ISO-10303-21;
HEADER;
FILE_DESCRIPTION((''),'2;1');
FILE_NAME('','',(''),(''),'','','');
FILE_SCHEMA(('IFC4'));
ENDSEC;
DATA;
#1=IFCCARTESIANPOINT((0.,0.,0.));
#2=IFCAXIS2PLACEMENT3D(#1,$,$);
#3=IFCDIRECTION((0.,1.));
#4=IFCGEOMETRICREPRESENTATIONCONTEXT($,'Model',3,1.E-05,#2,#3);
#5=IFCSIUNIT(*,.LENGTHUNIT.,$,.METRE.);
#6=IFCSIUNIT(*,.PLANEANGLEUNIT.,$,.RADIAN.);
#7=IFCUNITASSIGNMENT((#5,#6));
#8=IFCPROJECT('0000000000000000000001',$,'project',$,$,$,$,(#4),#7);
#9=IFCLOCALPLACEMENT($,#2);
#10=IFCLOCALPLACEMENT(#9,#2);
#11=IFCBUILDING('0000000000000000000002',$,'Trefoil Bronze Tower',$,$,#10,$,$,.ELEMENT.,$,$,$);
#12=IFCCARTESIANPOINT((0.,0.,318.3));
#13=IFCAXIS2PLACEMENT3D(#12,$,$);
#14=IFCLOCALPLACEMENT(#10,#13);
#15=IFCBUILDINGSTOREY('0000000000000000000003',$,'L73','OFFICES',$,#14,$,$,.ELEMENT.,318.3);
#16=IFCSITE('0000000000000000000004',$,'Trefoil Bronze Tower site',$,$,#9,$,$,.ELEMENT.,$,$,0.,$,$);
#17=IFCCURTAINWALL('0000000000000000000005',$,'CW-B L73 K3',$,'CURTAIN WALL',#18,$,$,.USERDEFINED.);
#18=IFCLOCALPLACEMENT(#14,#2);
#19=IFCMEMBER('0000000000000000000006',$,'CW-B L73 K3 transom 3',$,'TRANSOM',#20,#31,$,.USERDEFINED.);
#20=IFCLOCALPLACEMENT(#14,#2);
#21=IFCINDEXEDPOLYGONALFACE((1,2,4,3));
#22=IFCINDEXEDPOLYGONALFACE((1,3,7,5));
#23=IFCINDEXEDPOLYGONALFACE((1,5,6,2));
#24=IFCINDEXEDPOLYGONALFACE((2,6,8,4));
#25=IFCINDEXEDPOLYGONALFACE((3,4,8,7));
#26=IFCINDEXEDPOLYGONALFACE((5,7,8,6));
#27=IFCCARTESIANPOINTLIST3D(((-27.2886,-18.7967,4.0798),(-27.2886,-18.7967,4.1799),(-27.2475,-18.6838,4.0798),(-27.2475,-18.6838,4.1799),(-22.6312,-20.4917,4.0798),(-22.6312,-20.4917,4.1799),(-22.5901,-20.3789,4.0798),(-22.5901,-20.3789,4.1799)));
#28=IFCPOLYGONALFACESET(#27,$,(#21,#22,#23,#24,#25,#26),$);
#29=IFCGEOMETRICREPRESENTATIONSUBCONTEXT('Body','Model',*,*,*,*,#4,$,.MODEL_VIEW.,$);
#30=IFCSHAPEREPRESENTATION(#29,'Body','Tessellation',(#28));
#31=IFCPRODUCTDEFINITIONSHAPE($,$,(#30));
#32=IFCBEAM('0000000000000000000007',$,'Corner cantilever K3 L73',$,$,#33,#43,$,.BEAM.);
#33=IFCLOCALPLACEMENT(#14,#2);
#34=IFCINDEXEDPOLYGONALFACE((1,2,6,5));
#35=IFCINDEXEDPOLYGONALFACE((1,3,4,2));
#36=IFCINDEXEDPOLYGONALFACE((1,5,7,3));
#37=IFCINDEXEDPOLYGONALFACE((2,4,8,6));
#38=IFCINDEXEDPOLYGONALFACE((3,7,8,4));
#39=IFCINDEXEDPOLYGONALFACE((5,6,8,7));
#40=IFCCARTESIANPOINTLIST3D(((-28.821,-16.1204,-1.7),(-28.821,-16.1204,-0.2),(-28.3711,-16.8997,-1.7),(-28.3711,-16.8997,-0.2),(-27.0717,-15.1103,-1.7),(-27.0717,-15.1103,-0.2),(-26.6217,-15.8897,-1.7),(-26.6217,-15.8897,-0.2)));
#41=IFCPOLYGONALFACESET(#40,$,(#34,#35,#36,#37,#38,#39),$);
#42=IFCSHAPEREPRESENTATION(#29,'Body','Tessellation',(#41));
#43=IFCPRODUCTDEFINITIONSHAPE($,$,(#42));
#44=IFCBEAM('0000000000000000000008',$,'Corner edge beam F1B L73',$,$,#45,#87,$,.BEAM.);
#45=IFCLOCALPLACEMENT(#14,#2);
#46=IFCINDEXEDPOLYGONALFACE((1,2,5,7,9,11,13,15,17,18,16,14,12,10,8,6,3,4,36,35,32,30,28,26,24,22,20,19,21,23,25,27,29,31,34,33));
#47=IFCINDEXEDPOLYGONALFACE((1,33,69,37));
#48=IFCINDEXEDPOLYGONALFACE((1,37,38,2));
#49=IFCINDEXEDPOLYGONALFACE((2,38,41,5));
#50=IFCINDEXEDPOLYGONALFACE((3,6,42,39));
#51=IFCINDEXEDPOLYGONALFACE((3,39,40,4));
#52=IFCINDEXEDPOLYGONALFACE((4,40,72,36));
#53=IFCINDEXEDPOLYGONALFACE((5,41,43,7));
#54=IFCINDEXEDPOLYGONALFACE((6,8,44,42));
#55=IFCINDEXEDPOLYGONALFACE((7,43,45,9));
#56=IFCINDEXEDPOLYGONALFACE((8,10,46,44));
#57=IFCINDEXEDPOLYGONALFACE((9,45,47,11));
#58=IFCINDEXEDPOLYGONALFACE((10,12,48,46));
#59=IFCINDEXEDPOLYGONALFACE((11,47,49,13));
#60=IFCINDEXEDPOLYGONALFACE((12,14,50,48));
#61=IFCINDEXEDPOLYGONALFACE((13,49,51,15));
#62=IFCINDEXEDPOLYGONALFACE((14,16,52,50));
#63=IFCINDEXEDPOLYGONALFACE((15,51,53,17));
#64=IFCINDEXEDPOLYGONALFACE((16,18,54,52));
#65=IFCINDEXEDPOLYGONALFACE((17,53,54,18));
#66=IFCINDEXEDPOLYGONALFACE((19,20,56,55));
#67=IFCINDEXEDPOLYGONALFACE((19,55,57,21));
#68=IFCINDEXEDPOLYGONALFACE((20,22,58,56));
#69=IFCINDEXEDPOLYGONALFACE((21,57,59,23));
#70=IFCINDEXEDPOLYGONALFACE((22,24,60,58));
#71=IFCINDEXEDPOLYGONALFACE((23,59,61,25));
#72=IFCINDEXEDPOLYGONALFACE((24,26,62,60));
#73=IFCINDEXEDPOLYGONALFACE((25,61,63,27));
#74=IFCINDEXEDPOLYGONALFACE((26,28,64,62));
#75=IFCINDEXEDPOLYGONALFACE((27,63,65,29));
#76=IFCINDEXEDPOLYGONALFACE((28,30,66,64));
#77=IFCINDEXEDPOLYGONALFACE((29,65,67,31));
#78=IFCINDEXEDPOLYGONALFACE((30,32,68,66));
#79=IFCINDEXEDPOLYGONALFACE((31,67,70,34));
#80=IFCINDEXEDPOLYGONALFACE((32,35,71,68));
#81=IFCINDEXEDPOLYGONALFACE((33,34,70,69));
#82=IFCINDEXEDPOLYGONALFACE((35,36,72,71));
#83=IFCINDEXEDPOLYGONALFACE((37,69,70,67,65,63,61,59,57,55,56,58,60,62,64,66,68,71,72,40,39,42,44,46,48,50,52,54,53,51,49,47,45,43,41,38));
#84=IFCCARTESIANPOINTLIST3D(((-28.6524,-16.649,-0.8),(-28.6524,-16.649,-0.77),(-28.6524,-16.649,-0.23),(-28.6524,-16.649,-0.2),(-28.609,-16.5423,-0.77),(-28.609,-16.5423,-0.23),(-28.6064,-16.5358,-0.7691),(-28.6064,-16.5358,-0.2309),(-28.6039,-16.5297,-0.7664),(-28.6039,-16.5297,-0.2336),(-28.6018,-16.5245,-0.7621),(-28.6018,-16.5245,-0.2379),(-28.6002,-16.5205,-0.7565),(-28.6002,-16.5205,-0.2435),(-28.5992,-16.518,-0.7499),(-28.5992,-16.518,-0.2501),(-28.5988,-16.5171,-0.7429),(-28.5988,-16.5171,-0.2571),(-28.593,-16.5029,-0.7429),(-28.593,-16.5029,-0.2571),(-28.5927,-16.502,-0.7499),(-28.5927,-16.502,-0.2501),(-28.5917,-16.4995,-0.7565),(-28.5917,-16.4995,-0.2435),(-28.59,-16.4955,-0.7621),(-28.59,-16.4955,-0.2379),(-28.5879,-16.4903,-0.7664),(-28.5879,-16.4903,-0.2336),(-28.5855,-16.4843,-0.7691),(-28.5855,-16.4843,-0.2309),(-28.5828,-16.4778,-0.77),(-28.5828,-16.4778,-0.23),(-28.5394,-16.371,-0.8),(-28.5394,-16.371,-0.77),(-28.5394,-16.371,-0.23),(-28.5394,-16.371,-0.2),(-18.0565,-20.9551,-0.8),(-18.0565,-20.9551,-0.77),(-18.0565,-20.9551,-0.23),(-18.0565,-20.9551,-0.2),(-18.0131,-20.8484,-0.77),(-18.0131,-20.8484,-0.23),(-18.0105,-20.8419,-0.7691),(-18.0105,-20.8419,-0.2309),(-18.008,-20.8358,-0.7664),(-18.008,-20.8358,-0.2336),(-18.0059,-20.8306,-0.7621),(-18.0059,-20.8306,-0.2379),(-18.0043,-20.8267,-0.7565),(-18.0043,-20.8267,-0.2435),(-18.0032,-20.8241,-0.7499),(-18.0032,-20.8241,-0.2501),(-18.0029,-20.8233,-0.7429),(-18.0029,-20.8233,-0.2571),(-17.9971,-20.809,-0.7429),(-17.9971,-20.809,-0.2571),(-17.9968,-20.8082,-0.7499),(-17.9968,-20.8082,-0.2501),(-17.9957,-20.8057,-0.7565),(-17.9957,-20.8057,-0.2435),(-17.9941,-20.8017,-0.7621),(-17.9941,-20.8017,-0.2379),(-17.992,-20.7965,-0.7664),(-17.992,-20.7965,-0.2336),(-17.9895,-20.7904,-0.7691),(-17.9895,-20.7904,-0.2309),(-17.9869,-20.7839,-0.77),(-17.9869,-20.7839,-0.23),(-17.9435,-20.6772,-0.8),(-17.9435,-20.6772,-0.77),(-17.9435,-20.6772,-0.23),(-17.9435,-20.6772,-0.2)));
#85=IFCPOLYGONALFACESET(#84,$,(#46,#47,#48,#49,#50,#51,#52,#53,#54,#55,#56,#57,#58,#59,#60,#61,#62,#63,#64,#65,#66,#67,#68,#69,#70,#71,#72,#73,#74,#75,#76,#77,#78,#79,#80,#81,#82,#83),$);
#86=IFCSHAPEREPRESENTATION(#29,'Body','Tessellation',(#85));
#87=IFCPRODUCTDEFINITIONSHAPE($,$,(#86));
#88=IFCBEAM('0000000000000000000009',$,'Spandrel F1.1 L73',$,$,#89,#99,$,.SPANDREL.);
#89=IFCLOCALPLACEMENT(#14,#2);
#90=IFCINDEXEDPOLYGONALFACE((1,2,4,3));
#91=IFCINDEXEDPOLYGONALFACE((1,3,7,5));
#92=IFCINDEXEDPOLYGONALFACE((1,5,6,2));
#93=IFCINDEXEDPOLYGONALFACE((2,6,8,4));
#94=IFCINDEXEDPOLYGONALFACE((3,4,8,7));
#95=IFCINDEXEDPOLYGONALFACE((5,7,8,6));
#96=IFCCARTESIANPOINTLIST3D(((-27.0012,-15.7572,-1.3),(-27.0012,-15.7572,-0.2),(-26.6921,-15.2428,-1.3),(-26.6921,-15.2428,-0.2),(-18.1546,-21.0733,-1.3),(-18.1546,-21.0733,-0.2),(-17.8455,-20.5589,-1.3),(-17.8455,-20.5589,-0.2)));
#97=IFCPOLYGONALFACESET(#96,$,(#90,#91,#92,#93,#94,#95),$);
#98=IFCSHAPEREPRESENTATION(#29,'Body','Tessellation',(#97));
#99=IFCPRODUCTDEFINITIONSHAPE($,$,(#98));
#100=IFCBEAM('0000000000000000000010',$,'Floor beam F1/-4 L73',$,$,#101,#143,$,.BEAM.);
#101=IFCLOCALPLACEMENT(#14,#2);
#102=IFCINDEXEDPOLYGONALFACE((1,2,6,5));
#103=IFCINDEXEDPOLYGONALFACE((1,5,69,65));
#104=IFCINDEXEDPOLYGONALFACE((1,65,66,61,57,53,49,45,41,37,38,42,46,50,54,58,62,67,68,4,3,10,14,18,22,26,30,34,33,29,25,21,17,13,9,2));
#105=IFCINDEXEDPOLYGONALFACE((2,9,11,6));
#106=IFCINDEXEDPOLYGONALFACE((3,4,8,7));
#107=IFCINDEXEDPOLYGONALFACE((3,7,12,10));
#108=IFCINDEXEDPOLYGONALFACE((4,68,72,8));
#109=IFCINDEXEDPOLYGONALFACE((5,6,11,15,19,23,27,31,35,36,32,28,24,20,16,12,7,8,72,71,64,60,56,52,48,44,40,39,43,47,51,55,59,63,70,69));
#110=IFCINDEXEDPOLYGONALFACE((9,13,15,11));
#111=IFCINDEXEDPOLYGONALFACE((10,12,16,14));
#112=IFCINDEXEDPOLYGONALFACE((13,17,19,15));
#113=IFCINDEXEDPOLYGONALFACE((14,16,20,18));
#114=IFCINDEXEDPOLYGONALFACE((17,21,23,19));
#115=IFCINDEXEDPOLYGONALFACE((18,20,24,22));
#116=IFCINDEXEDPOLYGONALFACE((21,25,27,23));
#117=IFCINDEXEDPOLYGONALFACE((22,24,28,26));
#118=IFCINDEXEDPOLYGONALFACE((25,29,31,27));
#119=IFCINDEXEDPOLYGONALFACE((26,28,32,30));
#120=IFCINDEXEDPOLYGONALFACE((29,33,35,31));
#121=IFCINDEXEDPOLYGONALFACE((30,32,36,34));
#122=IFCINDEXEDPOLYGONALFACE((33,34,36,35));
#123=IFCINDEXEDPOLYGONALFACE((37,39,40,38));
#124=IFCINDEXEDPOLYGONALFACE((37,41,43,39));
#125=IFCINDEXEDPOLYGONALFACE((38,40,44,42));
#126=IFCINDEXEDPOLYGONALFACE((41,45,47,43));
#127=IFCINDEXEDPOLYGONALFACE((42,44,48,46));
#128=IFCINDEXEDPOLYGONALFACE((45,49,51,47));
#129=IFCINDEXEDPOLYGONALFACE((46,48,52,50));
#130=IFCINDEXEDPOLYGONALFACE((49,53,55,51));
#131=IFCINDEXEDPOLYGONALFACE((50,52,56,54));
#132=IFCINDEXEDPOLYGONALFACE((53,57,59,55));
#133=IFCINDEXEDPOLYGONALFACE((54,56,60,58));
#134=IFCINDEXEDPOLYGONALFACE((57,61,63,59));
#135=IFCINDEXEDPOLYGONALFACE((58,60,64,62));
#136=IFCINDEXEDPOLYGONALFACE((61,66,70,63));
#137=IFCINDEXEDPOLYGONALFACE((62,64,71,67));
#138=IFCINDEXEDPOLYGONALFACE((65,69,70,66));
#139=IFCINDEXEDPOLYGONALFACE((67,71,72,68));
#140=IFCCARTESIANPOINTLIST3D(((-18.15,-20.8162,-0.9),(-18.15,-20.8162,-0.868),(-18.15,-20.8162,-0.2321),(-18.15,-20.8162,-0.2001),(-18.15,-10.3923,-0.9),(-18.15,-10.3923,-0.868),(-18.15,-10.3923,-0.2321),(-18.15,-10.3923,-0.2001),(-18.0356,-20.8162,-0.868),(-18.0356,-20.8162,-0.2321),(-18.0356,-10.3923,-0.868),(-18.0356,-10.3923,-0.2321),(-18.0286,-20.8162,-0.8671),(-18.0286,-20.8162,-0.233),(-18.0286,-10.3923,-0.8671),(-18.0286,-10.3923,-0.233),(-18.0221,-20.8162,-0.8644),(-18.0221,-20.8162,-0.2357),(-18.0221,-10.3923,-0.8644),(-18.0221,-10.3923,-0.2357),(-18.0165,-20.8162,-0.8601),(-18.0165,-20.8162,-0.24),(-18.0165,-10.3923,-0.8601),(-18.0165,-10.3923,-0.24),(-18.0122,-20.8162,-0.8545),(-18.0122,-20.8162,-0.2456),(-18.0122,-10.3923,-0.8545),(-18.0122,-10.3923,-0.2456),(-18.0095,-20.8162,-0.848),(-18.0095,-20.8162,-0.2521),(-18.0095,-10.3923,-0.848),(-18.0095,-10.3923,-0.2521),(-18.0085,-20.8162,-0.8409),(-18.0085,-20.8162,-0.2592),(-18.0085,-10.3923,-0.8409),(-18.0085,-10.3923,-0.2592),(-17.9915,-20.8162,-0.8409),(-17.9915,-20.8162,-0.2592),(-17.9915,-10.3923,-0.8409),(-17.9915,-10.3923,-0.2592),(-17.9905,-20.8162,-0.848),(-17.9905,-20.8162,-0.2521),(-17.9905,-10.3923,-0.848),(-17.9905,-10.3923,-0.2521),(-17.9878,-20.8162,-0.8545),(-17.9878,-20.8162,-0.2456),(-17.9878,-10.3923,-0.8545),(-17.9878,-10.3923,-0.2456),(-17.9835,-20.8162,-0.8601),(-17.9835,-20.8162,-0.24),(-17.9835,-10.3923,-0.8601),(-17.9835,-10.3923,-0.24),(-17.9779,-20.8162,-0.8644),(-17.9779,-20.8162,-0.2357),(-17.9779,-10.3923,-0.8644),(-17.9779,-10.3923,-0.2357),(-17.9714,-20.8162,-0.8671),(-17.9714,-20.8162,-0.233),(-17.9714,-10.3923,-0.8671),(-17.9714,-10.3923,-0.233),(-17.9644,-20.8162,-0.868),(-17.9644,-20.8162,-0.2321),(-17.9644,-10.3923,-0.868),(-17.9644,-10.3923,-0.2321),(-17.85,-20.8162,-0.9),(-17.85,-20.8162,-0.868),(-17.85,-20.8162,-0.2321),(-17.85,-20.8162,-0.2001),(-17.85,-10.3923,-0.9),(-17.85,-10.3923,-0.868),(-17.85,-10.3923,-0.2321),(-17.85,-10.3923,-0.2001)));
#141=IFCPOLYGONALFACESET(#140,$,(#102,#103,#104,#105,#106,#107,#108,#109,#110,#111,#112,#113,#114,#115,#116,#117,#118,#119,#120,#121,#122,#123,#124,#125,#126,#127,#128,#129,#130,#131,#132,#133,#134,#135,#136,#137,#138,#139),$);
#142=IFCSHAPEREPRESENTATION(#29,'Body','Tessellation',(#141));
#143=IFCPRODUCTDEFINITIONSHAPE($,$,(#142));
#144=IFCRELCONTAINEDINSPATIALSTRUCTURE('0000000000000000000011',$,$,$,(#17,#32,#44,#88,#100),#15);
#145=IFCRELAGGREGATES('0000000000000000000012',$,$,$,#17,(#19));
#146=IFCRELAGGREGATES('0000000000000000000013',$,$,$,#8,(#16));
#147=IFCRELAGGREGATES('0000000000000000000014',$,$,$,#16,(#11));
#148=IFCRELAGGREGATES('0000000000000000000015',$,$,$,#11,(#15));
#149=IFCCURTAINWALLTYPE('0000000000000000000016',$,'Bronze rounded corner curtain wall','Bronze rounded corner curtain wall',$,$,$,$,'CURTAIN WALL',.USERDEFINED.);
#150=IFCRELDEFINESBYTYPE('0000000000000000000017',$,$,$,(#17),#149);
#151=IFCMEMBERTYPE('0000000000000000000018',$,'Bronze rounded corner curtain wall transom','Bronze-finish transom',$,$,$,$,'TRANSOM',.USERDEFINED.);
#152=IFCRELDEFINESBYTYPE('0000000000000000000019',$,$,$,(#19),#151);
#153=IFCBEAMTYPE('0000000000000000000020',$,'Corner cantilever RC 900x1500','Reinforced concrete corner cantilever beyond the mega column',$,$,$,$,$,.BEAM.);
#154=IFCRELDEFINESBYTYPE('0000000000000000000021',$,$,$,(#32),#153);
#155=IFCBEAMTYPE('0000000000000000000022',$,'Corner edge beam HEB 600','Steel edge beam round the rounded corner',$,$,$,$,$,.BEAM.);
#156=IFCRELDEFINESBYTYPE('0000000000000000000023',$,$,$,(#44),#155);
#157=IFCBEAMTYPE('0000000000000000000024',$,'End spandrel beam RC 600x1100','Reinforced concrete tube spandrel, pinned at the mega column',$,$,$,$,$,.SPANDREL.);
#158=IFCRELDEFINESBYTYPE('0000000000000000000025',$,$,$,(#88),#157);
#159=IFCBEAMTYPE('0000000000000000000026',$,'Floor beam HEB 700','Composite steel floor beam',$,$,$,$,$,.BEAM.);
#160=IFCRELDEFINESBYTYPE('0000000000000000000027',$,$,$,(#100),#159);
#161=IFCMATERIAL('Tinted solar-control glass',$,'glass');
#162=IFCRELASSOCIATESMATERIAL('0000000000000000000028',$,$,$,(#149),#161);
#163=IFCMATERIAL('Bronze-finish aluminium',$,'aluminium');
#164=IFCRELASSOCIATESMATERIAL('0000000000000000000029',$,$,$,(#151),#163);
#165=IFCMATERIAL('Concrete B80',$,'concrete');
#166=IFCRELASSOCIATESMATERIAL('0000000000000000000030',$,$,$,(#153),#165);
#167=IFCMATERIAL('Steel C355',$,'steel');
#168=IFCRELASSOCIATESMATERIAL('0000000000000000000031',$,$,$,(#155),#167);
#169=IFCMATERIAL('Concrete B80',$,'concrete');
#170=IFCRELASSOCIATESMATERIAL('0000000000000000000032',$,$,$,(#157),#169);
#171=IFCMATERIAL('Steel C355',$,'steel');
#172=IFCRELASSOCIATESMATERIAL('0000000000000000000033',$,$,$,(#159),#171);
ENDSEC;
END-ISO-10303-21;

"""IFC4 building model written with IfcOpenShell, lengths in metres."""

from ifc_helpers import new_model, si_unit, direction, frame, origin, origin_2d, place, context, subcontext, project, spatial, rectangle, i_section, extrude, material, material_profile, profile_set, type_object, element, aggregate, save


model = new_model("IFC4")

# Units and contexts
model_context = context("Model", 3, precision=1e-05, world=origin(), true_north=direction((0.0, 1.0)))
body_context = subcontext(model_context, "Body", "Model", "MODEL_VIEW")
ifc_project = project(units=[si_unit("LENGTHUNIT", "METRE"), si_unit("PLANEANGLEUNIT", "RADIAN")], contexts=[model_context])

# Site, building, storey
site_placement = place(None, origin())
site = spatial("IfcSite", under=ifc_project, at=site_placement, Name="Trefoil Bronze Tower site", CompositionType="ELEMENT", RefElevation=0.0)
building_placement = place(site_placement, origin())
building = spatial("IfcBuilding", under=site, at=building_placement, Name="Trefoil Bronze Tower", CompositionType="ELEMENT")
storey_placement = place(building_placement, frame((0.0, 0.0, 318.3)))
storey = spatial("IfcBuildingStorey", under=building, at=storey_placement, Name="L73", Description="OFFICES", CompositionType="ELEMENT", Elevation=318.3)

# Curtain wall, member
ifc_material_1 = material(Name="Tinted solar-control glass", Category="glass")
curtain_wall_type_1 = type_object("IfcCurtainWallType", Name="Bronze rounded corner curtain wall", Description="Bronze rounded corner curtain wall", ElementType="CURTAIN WALL", PredefinedType="USERDEFINED", material=ifc_material_1)
curtain_wall_1_placement = place(storey_placement, origin())
curtain_wall_1 = element("IfcCurtainWall", 1, at=curtain_wall_1_placement, inside=storey, type_object=curtain_wall_type_1, Name="CW-B L73 K3", ObjectType="CURTAIN WALL", PredefinedType="USERDEFINED")
ifc_material_2 = material(Name="Bronze-finish aluminium", Category="aluminium")
ifc_material_profile_1 = material_profile(ifc_material_2, rectangle(XDim=0.1201, YDim=0.1001, at=origin_2d()), Name="CW-B transom")
ifc_profile_set_1 = profile_set([ifc_material_profile_1], Name="Bronze-finish aluminium")
member_type_1 = type_object("IfcMemberType", Name="Bronze rounded corner curtain wall transom", Description="Bronze-finish transom", ElementType="TRANSOM", PredefinedType="USERDEFINED", material=ifc_profile_set_1)
member_1_placement = place(storey_placement, frame((-27.2681, -18.7402, 4.1299), z_axis=(0.9397, -0.342, 0.0), x_axis=(0.342, 0.9397, 0.0)))
member_1 = element("IfcMember", 2, at=member_1_placement, type_object=member_type_1, Name="CW-B L73 K3 transom 3", ObjectType="TRANSOM", PredefinedType="USERDEFINED", context=body_context, shape_type="SweptSolid", body=[
    extrude(rectangle(XDim=0.1201, YDim=0.1001, at=origin_2d()), origin(), (0.0, 0.0, 1.0), 4.9563),
])

# Beams
ifc_material_3 = material(Name="Concrete B80", Category="concrete")
ifc_material_profile_2 = material_profile(ifc_material_3, rectangle(XDim=0.8999, YDim=1.5, at=origin_2d()), Name="RC 900x1500")
ifc_profile_set_2 = profile_set([ifc_material_profile_2], Name="Concrete B80")
beam_type_1 = type_object("IfcBeamType", Name="Corner cantilever RC 900x1500", Description="Reinforced concrete corner cantilever beyond the mega column", PredefinedType="BEAM", material=ifc_profile_set_2)
beam_1_placement = place(storey_placement, frame((-26.8467, -15.5, -0.95), z_axis=(-0.86601, -0.500026, 0.0), x_axis=(0.500026, -0.86601, 0.0)))
element("IfcBeam", 3, at=beam_1_placement, inside=storey, type_object=beam_type_1, Name="Corner cantilever K3 L73", PredefinedType="BEAM", context=body_context, shape_type="SweptSolid", body=[
    extrude(rectangle(XDim=0.8999, YDim=1.5, at=origin_2d()), origin(), (0.0, 0.0, 1.0), 2.02),
])
ifc_material_4 = material(Name="Steel C355", Category="steel")
ifc_material_profile_3 = material_profile(ifc_material_4, i_section(OverallWidth=0.3, OverallDepth=0.6001, WebThickness=0.0154, FlangeThickness=0.03, FilletRadius=0.0271, at=origin_2d()), Name="HEB 600")
ifc_profile_set_3 = profile_set([ifc_material_profile_3], Name="Steel C355")
beam_type_2 = type_object("IfcBeamType", Name="Corner edge beam HEB 600", Description="Steel edge beam round the rounded corner", PredefinedType="BEAM", material=ifc_profile_set_3)
beam_2_placement = place(storey_placement, frame((-18.0, -20.8162, -0.5), z_axis=(-0.926419, 0.376493, 0.0), x_axis=(-0.376493, -0.926419, 0.0)))
element("IfcBeam", 4, at=beam_2_placement, inside=storey, type_object=beam_type_2, Name="Corner edge beam F1B L73", PredefinedType="BEAM", context=body_context, shape_type="SweptSolid", body=[
    extrude(i_section(OverallWidth=0.3, OverallDepth=0.6001, WebThickness=0.0154, FlangeThickness=0.03, FilletRadius=0.0271, at=origin_2d()), origin(), (0.0, 0.0, 1.0), 11.4375),
])
ifc_material_5 = material(Name="Concrete B80", Category="concrete")
ifc_material_profile_4 = material_profile(ifc_material_5, rectangle(XDim=0.6001, YDim=1.1001, at=origin_2d()), Name="RC 600x1100")
ifc_profile_set_4 = profile_set([ifc_material_profile_4], Name="Concrete B80")
beam_type_3 = type_object("IfcBeamType", Name="End spandrel beam RC 600x1100", Description="Reinforced concrete tube spandrel, pinned at the mega column", PredefinedType="SPANDREL", material=ifc_profile_set_4)
beam_3_placement = place(storey_placement, frame((-26.8467, -15.5, -0.75), z_axis=(0.857144, -0.515077, 0.0), x_axis=(0.515077, 0.857144, 0.0)))
element("IfcBeam", 5, at=beam_3_placement, inside=storey, type_object=beam_type_3, Name="Spandrel F1.1 L73", PredefinedType="SPANDREL", context=body_context, shape_type="SweptSolid", body=[
    extrude(rectangle(XDim=0.6001, YDim=1.1001, at=origin_2d()), origin(), (0.0, 0.0, 1.0), 10.321),
])
ifc_material_6 = material(Name="Steel C355", Category="steel")
ifc_material_profile_5 = material_profile(ifc_material_6, i_section(OverallWidth=0.3, OverallDepth=0.7, WebThickness=0.0171, FlangeThickness=0.032, FilletRadius=0.0271, at=origin_2d()), Name="HEB 700")
ifc_profile_set_5 = profile_set([ifc_material_profile_5], Name="Steel C355")
beam_type_4 = type_object("IfcBeamType", Name="Floor beam HEB 700", Description="Composite steel floor beam", PredefinedType="BEAM", material=ifc_profile_set_5)
beam_4_placement = place(storey_placement, frame((-18.0, -20.8162, -0.55), z_axis=(0.0, 1.0, 0.0), x_axis=(-1.0, 0.0, 0.0)))
element("IfcBeam", 6, at=beam_4_placement, inside=storey, type_object=beam_type_4, Name="Floor beam F1/-4 L73", PredefinedType="BEAM", context=body_context, shape_type="SweptSolid", body=[
    extrude(i_section(OverallWidth=0.3, OverallDepth=0.7, WebThickness=0.0171, FlangeThickness=0.032, FilletRadius=0.0271, at=origin_2d()), origin(), (0.0, 0.0, 1.0), 10.4238),
])

aggregate(curtain_wall_1, [member_1])

save(model, "model.ifc")
